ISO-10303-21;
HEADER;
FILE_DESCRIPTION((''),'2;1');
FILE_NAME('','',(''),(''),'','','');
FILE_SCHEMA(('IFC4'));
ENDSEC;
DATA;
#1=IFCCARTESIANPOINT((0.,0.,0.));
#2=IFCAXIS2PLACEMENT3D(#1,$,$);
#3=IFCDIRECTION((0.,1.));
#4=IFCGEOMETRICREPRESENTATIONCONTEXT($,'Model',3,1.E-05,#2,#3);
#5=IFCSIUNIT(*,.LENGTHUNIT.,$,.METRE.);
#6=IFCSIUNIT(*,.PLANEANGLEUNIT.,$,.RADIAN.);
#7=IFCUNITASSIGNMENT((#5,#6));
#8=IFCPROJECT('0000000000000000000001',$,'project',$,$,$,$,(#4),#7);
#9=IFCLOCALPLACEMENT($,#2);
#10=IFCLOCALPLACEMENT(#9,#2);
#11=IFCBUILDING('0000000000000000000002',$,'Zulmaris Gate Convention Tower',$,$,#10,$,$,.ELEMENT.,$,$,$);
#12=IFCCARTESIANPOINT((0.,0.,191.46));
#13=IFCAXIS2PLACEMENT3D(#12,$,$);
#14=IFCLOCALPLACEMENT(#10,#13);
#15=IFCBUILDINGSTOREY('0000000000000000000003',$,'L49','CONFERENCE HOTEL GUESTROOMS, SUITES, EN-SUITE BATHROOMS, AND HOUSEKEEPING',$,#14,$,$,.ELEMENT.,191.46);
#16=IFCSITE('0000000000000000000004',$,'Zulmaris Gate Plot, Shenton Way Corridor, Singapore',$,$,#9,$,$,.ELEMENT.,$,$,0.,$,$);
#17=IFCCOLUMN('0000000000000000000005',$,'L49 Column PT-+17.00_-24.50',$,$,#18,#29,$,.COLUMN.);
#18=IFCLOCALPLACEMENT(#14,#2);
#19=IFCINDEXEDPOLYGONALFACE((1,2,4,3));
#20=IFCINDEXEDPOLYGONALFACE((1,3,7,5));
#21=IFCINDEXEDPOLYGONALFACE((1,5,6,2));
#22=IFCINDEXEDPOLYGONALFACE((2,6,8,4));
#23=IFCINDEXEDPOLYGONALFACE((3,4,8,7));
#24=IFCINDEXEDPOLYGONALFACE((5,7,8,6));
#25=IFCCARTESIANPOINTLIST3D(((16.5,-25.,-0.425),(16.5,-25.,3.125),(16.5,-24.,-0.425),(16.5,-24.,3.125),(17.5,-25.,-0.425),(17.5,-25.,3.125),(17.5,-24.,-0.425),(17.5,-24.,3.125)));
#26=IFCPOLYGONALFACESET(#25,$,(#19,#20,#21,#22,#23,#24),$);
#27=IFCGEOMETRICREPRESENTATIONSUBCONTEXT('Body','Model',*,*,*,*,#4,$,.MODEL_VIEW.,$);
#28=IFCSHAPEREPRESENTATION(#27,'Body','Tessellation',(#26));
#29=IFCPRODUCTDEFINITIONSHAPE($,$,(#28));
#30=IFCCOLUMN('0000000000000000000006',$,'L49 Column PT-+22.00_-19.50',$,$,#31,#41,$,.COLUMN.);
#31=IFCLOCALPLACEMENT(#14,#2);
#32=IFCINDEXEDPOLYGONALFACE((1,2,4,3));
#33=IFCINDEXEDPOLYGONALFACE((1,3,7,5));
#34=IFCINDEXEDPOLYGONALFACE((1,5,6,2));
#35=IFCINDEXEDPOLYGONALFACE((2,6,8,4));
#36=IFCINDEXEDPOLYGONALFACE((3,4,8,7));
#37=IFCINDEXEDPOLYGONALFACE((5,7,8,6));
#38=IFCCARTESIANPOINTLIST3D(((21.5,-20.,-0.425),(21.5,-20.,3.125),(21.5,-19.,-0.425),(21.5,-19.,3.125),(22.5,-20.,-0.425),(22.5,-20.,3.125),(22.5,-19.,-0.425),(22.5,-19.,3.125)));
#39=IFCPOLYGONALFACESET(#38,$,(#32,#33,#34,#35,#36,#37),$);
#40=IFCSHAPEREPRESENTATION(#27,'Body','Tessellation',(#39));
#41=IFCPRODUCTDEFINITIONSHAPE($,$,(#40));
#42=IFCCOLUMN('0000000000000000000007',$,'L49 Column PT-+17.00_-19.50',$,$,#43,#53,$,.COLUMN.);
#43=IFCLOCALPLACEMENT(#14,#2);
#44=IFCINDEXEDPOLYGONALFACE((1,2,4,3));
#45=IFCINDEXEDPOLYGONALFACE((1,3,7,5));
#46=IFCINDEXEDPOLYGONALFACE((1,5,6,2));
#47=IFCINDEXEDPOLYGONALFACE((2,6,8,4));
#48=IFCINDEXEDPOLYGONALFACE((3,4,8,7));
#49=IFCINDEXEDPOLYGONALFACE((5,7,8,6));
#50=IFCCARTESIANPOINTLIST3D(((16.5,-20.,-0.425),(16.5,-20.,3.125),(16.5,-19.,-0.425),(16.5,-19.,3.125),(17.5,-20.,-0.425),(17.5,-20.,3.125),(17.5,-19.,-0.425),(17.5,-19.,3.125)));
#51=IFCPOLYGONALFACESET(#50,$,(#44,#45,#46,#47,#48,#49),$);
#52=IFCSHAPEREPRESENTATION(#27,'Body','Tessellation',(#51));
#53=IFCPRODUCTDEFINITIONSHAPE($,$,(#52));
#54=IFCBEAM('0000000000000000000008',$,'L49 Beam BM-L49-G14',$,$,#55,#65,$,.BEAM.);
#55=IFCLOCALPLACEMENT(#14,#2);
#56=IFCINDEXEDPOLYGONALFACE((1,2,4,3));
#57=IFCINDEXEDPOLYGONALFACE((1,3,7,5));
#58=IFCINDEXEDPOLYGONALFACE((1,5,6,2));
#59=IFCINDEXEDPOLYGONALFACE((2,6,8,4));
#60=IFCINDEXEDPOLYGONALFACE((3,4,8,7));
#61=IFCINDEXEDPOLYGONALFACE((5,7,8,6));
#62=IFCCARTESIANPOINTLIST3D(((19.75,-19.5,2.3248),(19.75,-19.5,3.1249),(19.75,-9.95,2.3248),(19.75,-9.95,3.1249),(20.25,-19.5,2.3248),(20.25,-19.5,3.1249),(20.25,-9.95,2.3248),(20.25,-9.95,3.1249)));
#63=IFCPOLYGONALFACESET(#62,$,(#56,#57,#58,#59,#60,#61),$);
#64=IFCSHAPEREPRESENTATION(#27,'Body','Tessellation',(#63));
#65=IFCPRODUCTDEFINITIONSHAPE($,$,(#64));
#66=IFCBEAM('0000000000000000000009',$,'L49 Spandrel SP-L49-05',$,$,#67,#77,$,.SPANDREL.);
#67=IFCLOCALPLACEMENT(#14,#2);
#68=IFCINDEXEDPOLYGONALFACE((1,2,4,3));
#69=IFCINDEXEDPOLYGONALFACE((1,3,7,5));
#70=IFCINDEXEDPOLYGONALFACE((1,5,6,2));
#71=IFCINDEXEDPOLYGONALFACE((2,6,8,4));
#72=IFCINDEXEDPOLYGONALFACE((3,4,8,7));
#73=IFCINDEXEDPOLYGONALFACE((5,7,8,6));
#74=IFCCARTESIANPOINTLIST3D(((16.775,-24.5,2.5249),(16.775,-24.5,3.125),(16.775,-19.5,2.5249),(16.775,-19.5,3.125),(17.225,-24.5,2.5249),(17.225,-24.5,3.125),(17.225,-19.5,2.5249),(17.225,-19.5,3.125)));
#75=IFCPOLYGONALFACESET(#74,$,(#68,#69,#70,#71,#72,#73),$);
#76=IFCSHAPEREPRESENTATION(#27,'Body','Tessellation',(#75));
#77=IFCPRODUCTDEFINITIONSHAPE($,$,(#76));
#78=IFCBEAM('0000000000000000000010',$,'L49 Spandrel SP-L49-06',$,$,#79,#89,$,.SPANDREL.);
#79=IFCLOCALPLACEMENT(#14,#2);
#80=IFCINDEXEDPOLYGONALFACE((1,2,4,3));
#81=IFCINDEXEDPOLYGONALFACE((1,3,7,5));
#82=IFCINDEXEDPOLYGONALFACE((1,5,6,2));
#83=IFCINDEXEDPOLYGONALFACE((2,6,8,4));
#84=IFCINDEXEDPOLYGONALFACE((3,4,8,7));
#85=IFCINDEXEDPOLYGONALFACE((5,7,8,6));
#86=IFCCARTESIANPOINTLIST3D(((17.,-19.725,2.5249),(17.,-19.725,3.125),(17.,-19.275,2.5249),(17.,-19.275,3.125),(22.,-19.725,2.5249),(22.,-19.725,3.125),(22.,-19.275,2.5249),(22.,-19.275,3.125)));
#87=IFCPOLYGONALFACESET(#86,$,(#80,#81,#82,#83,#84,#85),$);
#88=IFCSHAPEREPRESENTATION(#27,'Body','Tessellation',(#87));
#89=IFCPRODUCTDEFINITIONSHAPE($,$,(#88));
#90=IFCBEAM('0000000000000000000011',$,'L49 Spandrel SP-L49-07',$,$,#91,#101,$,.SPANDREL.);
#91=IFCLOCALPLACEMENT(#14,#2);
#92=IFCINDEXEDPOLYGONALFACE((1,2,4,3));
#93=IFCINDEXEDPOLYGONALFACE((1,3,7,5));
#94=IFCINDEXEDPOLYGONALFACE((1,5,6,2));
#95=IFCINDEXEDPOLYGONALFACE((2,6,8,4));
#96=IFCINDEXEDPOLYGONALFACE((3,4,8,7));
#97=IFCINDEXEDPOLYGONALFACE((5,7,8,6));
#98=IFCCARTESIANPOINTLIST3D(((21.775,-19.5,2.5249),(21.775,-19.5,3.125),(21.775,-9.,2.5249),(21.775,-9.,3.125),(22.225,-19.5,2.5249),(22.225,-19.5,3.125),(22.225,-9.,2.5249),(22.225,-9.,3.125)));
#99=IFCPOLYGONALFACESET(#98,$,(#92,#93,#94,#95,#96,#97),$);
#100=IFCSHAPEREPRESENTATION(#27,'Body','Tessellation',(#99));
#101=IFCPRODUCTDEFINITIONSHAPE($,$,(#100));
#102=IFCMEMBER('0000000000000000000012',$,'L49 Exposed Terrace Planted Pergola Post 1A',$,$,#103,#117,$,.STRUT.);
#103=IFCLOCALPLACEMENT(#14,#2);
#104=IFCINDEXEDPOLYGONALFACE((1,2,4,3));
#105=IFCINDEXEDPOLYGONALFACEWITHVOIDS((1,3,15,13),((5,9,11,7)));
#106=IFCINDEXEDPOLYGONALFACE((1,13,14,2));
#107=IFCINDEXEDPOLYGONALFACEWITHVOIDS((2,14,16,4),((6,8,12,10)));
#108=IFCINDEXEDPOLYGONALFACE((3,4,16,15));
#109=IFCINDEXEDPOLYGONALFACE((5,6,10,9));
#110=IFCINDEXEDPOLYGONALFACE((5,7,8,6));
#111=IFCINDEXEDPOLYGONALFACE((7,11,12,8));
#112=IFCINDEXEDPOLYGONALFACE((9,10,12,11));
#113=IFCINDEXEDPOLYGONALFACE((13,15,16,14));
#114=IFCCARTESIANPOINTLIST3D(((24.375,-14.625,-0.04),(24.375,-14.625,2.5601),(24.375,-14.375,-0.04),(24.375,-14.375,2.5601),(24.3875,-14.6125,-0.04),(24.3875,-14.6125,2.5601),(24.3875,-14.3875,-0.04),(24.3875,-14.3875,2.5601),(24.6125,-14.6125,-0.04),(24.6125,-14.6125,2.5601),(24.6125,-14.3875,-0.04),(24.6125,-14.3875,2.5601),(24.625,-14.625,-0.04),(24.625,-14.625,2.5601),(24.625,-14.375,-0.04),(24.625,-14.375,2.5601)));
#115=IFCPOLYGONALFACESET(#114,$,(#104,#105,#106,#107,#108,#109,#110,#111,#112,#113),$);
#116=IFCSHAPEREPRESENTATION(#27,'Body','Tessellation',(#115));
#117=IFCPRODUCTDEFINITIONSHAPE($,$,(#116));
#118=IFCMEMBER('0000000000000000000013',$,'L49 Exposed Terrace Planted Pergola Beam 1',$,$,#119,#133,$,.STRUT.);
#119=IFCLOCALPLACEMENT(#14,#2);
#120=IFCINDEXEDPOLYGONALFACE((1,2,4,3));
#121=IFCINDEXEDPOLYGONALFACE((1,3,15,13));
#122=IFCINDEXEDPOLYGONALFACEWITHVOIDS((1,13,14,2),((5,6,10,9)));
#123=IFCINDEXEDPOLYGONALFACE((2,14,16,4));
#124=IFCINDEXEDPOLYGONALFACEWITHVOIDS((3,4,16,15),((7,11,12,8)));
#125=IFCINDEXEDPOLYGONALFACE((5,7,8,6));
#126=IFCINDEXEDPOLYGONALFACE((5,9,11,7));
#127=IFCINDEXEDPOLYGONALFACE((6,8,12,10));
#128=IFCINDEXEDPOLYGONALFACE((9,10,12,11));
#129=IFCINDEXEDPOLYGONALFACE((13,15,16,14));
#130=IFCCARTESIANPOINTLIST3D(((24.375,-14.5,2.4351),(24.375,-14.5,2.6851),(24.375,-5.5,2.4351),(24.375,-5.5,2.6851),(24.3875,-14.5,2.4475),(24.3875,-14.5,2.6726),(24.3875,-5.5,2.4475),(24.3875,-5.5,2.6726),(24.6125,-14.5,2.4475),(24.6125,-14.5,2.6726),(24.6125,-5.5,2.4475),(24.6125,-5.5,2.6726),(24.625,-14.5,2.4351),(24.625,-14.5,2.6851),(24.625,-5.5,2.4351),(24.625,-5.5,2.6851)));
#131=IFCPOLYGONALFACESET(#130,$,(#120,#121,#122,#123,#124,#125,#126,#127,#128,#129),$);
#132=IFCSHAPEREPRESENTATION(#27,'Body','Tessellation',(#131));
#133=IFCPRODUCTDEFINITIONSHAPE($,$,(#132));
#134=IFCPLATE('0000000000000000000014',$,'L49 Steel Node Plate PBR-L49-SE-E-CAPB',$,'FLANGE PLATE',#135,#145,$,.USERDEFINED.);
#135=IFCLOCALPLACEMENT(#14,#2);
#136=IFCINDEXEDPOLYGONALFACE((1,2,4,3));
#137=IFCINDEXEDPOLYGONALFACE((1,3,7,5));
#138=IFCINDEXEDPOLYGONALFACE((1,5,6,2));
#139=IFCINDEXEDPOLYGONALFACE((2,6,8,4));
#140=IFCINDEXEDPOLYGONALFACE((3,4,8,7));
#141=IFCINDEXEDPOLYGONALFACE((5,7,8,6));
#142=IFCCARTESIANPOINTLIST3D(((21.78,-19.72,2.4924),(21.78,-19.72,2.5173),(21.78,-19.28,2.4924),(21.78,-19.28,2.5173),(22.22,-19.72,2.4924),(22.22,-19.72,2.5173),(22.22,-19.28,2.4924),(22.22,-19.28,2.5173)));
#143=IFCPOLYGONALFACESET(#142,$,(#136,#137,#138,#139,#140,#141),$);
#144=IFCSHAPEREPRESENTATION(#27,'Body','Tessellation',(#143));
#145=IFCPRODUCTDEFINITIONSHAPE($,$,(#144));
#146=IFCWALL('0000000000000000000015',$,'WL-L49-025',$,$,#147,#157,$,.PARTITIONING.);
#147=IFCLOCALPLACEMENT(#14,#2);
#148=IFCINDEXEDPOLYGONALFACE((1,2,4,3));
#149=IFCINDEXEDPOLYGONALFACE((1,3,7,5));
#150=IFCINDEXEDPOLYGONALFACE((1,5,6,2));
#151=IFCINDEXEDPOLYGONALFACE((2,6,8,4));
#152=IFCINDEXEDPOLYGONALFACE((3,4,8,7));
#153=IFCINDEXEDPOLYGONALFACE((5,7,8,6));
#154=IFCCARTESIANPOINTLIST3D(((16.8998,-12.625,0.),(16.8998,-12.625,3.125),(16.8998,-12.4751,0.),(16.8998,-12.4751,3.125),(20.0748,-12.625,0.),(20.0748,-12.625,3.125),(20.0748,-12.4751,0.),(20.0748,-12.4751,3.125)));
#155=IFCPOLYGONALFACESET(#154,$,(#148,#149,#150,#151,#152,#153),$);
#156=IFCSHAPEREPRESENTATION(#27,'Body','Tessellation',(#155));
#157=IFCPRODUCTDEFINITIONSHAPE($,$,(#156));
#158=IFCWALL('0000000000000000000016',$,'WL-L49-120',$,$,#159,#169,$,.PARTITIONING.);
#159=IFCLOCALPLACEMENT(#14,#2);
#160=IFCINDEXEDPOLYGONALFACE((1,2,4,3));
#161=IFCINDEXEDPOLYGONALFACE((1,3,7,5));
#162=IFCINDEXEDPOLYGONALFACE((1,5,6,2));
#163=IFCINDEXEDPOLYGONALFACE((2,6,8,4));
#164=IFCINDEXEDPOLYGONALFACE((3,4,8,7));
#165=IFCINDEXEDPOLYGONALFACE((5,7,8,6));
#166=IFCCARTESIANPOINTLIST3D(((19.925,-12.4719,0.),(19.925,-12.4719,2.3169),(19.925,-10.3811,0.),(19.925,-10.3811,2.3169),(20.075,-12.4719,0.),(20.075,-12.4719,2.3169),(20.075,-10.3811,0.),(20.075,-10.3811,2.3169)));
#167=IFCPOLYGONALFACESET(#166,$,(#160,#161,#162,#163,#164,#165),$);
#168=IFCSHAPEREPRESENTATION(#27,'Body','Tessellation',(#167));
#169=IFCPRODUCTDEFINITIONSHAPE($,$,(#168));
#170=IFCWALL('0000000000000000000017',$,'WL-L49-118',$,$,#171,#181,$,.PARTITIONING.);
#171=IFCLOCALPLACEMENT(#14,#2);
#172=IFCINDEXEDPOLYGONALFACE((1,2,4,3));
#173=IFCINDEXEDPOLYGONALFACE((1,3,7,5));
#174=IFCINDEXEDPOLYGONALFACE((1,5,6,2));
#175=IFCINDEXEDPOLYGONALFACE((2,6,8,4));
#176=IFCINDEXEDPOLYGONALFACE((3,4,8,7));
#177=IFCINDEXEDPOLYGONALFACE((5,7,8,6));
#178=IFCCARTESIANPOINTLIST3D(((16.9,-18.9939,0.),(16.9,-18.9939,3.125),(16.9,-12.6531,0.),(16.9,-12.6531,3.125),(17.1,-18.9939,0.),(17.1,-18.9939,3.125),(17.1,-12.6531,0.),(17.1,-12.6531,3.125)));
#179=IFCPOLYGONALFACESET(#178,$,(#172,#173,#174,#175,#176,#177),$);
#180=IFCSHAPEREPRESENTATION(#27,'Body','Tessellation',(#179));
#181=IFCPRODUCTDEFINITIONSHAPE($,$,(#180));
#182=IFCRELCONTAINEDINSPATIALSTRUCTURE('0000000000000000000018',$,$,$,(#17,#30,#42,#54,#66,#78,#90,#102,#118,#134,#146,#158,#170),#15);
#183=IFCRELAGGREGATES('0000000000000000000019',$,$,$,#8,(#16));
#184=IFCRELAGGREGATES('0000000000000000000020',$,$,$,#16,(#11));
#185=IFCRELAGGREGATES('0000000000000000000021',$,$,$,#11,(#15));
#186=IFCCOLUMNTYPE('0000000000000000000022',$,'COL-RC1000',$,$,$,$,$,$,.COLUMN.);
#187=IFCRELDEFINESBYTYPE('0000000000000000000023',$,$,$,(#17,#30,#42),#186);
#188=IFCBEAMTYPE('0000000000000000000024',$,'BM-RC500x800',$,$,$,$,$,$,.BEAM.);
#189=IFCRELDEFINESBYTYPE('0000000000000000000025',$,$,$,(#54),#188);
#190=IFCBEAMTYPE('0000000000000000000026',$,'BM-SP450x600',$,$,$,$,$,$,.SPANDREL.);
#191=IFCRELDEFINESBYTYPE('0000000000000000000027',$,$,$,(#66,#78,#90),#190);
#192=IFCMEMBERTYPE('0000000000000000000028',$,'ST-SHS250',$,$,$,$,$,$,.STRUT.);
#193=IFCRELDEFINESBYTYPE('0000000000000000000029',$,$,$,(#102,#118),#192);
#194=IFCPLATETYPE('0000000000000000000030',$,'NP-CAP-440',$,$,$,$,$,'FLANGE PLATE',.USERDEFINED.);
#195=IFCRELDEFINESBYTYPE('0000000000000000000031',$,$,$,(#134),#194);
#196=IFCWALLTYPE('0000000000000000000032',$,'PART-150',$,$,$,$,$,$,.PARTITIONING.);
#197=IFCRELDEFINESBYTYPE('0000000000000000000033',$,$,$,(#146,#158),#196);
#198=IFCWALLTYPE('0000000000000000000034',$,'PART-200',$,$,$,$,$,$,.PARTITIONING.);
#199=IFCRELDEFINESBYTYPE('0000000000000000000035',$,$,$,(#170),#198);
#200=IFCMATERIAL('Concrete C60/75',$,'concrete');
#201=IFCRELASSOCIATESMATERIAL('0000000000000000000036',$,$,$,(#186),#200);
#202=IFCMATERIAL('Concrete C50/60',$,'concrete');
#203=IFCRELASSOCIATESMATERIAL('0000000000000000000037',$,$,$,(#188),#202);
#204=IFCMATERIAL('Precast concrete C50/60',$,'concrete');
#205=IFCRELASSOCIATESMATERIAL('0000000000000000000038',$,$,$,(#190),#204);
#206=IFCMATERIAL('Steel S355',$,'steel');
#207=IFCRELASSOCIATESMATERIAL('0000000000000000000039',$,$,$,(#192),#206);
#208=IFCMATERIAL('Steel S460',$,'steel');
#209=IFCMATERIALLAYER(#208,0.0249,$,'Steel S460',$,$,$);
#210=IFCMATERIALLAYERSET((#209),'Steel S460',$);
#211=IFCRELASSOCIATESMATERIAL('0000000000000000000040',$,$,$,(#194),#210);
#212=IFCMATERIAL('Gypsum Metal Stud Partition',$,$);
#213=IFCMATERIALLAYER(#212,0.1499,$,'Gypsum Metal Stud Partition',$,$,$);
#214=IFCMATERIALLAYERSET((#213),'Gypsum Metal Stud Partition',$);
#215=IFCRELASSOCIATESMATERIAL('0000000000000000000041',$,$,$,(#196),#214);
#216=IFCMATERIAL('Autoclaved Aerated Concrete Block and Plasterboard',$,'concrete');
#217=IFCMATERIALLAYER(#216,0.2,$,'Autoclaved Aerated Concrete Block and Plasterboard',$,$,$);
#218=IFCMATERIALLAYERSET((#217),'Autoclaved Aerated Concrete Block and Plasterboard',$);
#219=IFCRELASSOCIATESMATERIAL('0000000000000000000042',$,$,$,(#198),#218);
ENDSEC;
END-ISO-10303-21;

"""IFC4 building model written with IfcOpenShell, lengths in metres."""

from ifc_helpers import new_model, si_unit, direction, frame, frame_2d, origin, origin_2d, place, context, subcontext, project, spatial, rectangle, hollow_rectangle, extrude, material, layer, layer_set, material_profile, profile_set, type_object, element, save


model = new_model("IFC4")

# Units and contexts
model_context = context("Model", 3, precision=1e-05, world=origin(), true_north=direction((0.0, 1.0)))
body_context = subcontext(model_context, "Body", "Model", "MODEL_VIEW")
ifc_project = project(units=[si_unit("LENGTHUNIT", "METRE"), si_unit("PLANEANGLEUNIT", "RADIAN")], contexts=[model_context])

# Site, building, storey
site_placement = place(None, origin())
site = spatial("IfcSite", under=ifc_project, at=site_placement, Name="Zulmaris Gate Plot, Shenton Way Corridor, Singapore", CompositionType="ELEMENT", RefElevation=0.0)
building_placement = place(site_placement, origin())
building = spatial("IfcBuilding", under=site, at=building_placement, Name="Zulmaris Gate Convention Tower", CompositionType="ELEMENT")
storey_placement = place(building_placement, frame((0.0, 0.0, 191.46)))
storey = spatial("IfcBuildingStorey", under=building, at=storey_placement, Name="L49", Description="CONFERENCE HOTEL GUESTROOMS, SUITES, EN-SUITE BATHROOMS, AND HOUSEKEEPING", CompositionType="ELEMENT", Elevation=191.46)

# Columns
ifc_material_1 = material(Name="Concrete C60/75", Category="concrete")
ifc_material_profile_1 = material_profile(ifc_material_1, rectangle(XDim=1.0, YDim=1.0, at=origin_2d()), Name="RC COL 1000x1000")
ifc_profile_set_1 = profile_set([ifc_material_profile_1], Name="Concrete C60/75")
column_type = type_object("IfcColumnType", Name="COL-RC1000", PredefinedType="COLUMN", material=ifc_profile_set_1)
for number, where, z_axis, x_axis, name in (
    (1, (17.0, -24.5, -0.425), (0.0, 0.0, 1.0), (1.0, 0.0, 0.0), "L49 Column PT-+17.00_-24.50"),
    (2, (22.0, -19.5, -0.425), (0.0, 0.0, 1.0), (1.0, 0.0, 0.0), "L49 Column PT-+22.00_-19.50"),
    (3, (17.0, -19.5, -0.425), (0.0, 0.0, 1.0), (1.0, 0.0, 0.0), "L49 Column PT-+17.00_-19.50"),
):
    element("IfcColumn", number, at=place(storey_placement, frame(where, z_axis=z_axis, x_axis=x_axis)), inside=storey, type_object=column_type, Name=name, PredefinedType="COLUMN", context=body_context, shape_type="SweptSolid", body=[
        extrude(rectangle(XDim=1.0, YDim=1.0, at=origin_2d()), origin(), (0.0, 0.0, 1.0), 3.55),
    ])

# Beams
ifc_material_2 = material(Name="Concrete C50/60", Category="concrete")
ifc_material_profile_2 = material_profile(ifc_material_2, rectangle(XDim=0.5, YDim=0.8, at=origin_2d()), Name="RC BEAM 500x800")
ifc_profile_set_2 = profile_set([ifc_material_profile_2], Name="Concrete C50/60")
beam_type_1 = type_object("IfcBeamType", Name="BM-RC500x800", PredefinedType="BEAM", material=ifc_profile_set_2)
beam_1_placement = place(storey_placement, frame((20.0, -19.5, 2.7249), z_axis=(0.0, 1.0, 0.0), x_axis=(-1.0, 0.0, 0.0)))
element("IfcBeam", 4, at=beam_1_placement, inside=storey, type_object=beam_type_1, Name="L49 Beam BM-L49-G14", PredefinedType="BEAM", context=body_context, shape_type="SweptSolid", body=[
    extrude(rectangle(XDim=0.5, YDim=0.8, at=origin_2d()), origin(), (0.0, 0.0, 1.0), 9.55),
])
ifc_material_3 = material(Name="Precast concrete C50/60", Category="concrete")
ifc_material_profile_3 = material_profile(ifc_material_3, rectangle(XDim=0.45, YDim=0.6001, at=origin_2d()), Name="RC SPANDREL 450x600")
ifc_profile_set_3 = profile_set([ifc_material_profile_3], Name="Precast concrete C50/60")
beam_type_2 = type_object("IfcBeamType", Name="BM-SP450x600", PredefinedType="SPANDREL", material=ifc_profile_set_3)
for number, where, z_axis, x_axis, name in (
    (5, (17.0, -24.5, 2.825), (0.0, 1.0, 0.0), (-1.0, 0.0, 0.0), "L49 Spandrel SP-L49-05"),
    (6, (17.0, -19.5, 2.825), (1.0, 0.0, 0.0), (0.0, 1.0, 0.0), "L49 Spandrel SP-L49-06"),
):
    element("IfcBeam", number, at=place(storey_placement, frame(where, z_axis=z_axis, x_axis=x_axis)), inside=storey, type_object=beam_type_2, Name=name, PredefinedType="SPANDREL", context=body_context, shape_type="SweptSolid", body=[
        extrude(rectangle(XDim=0.45, YDim=0.6001, at=origin_2d()), origin(), (0.0, 0.0, 1.0), 5.0),
    ])
beam_2_placement = place(storey_placement, frame((22.0, -19.5, 2.825), z_axis=(0.0, 1.0, 0.0), x_axis=(-1.0, 0.0, 0.0)))
element("IfcBeam", 7, at=beam_2_placement, inside=storey, type_object=beam_type_2, Name="L49 Spandrel SP-L49-07", PredefinedType="SPANDREL", context=body_context, shape_type="SweptSolid", body=[
    extrude(rectangle(XDim=0.45, YDim=0.6001, at=origin_2d()), origin(), (0.0, 0.0, 1.0), 10.5),
])

# Members
ifc_material_4 = material(Name="Steel S355", Category="steel")
ifc_material_profile_4 = material_profile(ifc_material_4, hollow_rectangle(XDim=0.25, YDim=0.25, WallThickness=0.0125, at=origin_2d()), Name="SHS 250x250x12.5")
ifc_profile_set_4 = profile_set([ifc_material_profile_4], Name="Steel S355")
member_type = type_object("IfcMemberType", Name="ST-SHS250", PredefinedType="STRUT", material=ifc_profile_set_4)
member_1_placement = place(storey_placement, frame((24.5, -14.5, -0.04), z_axis=(0.0, 0.0, 1.0), x_axis=(1.0, 0.0, 0.0)))
element("IfcMember", 8, at=member_1_placement, inside=storey, type_object=member_type, Name="L49 Exposed Terrace Planted Pergola Post 1A", PredefinedType="STRUT", context=body_context, shape_type="SweptSolid", body=[
    extrude(hollow_rectangle(XDim=0.25, YDim=0.25, WallThickness=0.0125, at=origin_2d()), origin(), (0.0, 0.0, 1.0), 2.6001),
])
member_2_placement = place(storey_placement, frame((24.5, -14.5, 2.5601), z_axis=(0.0, 1.0, 0.0), x_axis=(-1.0, 0.0, 0.0)))
element("IfcMember", 9, at=member_2_placement, inside=storey, type_object=member_type, Name="L49 Exposed Terrace Planted Pergola Beam 1", PredefinedType="STRUT", context=body_context, shape_type="SweptSolid", body=[
    extrude(hollow_rectangle(XDim=0.25, YDim=0.25, WallThickness=0.0125, at=origin_2d()), origin(), (0.0, 0.0, 1.0), 9.0),
])

# Plate
ifc_material_5 = material(Name="Steel S460", Category="steel")
ifc_layer_1 = layer(ifc_material_5, 0.0249, Name="Steel S460")
ifc_layer_set_1 = layer_set([ifc_layer_1], Name="Steel S460")
plate_type = type_object("IfcPlateType", Name="NP-CAP-440", ElementType="FLANGE PLATE", PredefinedType="USERDEFINED", material=ifc_layer_set_1)
plate_placement = place(storey_placement, frame((22.0, -19.5, 2.4924), z_axis=(0.0, 0.0, 1.0), x_axis=(1.0, 0.0, 0.0)))
element("IfcPlate", 10, at=plate_placement, inside=storey, type_object=plate_type, Name="L49 Steel Node Plate PBR-L49-SE-E-CAPB", ObjectType="FLANGE PLATE", PredefinedType="USERDEFINED", context=body_context, shape_type="SweptSolid", body=[
    extrude(rectangle(XDim=0.4399, YDim=0.4399, at=origin_2d()), origin(), (0.0, 0.0, 1.0), 0.0249),
])

# Walls
ifc_material_6 = material(Name="Gypsum Metal Stud Partition")
ifc_layer_2 = layer(ifc_material_6, 0.1499, Name="Gypsum Metal Stud Partition")
ifc_layer_set_2 = layer_set([ifc_layer_2], Name="Gypsum Metal Stud Partition")
wall_type_1 = type_object("IfcWallType", Name="PART-150", PredefinedType="PARTITIONING", material=ifc_layer_set_2)
wall_1_placement = place(storey_placement, frame((16.8999, -12.55, 0.0), z_axis=(0.0, 0.0, 1.0), x_axis=(1.0, 0.0, 0.0)))
element("IfcWall", 11, at=wall_1_placement, inside=storey, type_object=wall_type_1, Name="WL-L49-025", PredefinedType="PARTITIONING", context=body_context, shape_type="SweptSolid", body=[
    extrude(rectangle(XDim=3.175, YDim=0.1499, at=frame_2d((1.5874, 0.0))), origin(), (0.0, 0.0, 1.0), 3.125),
])
wall_2_placement = place(storey_placement, frame((20.0, -12.4719, 0.0), z_axis=(0.0, 0.0, 1.0), x_axis=(0.0, 1.0, 0.0)))
element("IfcWall", 12, at=wall_2_placement, inside=storey, type_object=wall_type_1, Name="WL-L49-120", PredefinedType="PARTITIONING", context=body_context, shape_type="SweptSolid", body=[
    extrude(rectangle(XDim=2.0908, YDim=0.1499, at=frame_2d((1.0454, 0.0))), origin(), (0.0, 0.0, 1.0), 2.3169),
])
ifc_material_7 = material(Name="Autoclaved Aerated Concrete Block and Plasterboard", Category="concrete")
ifc_layer_3 = layer(ifc_material_7, 0.2, Name="Autoclaved Aerated Concrete Block and Plasterboard")
ifc_layer_set_3 = layer_set([ifc_layer_3], Name="Autoclaved Aerated Concrete Block and Plasterboard")
wall_type_2 = type_object("IfcWallType", Name="PART-200", PredefinedType="PARTITIONING", material=ifc_layer_set_3)
wall_3_placement = place(storey_placement, frame((17.0, -18.9939, 0.0), z_axis=(0.0, 0.0, 1.0), x_axis=(0.0, 1.0, 0.0)))
element("IfcWall", 13, at=wall_3_placement, inside=storey, type_object=wall_type_2, Name="WL-L49-118", PredefinedType="PARTITIONING", context=body_context, shape_type="SweptSolid", body=[
    extrude(rectangle(XDim=6.3408, YDim=0.2, at=frame_2d((3.1704, 0.0))), origin(), (0.0, 0.0, 1.0), 3.125),
])

save(model, "model.ifc")
